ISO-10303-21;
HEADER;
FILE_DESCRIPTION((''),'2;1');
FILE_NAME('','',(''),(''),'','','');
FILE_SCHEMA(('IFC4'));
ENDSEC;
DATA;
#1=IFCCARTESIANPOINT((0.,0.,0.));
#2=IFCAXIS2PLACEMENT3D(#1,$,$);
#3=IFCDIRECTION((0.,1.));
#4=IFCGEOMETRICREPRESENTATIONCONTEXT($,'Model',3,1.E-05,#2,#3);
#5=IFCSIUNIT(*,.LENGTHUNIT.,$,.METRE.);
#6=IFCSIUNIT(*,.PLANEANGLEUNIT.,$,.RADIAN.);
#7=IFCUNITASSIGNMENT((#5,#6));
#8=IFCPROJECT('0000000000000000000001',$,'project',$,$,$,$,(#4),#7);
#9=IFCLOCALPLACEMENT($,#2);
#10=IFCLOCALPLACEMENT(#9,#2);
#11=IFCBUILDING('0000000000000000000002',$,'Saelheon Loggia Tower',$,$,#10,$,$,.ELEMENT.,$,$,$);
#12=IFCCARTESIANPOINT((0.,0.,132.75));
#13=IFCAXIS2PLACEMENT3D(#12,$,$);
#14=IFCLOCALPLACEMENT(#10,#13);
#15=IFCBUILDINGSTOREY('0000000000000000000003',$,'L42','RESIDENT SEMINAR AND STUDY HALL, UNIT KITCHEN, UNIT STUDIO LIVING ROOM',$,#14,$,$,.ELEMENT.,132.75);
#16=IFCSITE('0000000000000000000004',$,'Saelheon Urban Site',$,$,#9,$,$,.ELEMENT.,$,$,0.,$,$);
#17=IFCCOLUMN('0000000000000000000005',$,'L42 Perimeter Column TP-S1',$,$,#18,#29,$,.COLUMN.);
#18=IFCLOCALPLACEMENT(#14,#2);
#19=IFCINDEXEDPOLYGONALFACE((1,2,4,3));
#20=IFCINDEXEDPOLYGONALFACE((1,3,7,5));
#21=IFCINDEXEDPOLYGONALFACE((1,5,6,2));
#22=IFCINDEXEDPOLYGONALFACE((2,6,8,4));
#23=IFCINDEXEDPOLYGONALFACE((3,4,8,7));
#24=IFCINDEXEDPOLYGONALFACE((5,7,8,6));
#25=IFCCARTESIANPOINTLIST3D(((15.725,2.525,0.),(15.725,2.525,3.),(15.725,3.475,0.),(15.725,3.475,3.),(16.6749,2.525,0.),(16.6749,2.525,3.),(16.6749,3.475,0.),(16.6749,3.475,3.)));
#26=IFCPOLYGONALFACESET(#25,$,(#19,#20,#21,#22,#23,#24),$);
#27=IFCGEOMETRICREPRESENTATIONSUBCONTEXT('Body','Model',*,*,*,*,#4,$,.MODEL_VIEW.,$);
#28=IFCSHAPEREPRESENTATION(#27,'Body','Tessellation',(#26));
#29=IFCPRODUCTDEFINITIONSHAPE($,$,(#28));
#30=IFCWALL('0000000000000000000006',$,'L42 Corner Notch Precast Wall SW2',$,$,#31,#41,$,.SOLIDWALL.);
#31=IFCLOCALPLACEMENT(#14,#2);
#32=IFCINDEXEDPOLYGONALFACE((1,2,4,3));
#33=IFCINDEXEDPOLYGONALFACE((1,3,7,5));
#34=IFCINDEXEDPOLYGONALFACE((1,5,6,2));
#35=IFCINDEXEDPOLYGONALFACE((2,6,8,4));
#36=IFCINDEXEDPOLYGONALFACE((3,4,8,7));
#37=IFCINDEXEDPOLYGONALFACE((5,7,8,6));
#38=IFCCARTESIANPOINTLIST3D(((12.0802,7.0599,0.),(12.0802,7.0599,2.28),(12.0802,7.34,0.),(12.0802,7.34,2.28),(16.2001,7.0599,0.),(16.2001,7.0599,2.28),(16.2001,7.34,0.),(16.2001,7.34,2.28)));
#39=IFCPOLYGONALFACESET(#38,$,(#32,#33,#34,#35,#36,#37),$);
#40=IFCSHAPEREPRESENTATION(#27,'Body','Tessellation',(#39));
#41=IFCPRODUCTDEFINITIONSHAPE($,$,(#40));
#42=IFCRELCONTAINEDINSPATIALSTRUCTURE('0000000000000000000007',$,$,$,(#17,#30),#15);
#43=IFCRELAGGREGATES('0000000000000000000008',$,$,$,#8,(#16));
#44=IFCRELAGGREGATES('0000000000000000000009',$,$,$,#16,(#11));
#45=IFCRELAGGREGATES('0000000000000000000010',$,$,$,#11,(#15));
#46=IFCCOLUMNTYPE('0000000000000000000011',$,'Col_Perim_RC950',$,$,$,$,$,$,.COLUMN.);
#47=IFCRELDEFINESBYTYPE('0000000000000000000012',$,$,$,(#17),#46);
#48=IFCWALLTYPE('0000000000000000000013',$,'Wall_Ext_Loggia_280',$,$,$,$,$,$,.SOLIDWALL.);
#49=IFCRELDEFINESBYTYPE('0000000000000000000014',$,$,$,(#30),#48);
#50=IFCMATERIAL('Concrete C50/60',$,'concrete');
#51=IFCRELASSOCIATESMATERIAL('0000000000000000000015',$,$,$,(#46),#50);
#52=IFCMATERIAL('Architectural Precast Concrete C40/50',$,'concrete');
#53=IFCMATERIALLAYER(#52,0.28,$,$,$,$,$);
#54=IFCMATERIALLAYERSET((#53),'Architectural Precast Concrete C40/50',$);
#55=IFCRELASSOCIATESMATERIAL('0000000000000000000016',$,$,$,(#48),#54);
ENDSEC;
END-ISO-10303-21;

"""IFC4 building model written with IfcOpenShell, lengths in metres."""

from ifc_helpers import new_model, si_unit, direction, frame, frame_2d, origin, origin_2d, place, context, subcontext, project, spatial, rectangle, extrude, source, transform, mapped, material, layer, layer_set, material_profile, profile_set, type_object, element, save


model = new_model("IFC4")

# Units and contexts
model_context = context("Model", 3, precision=1e-05, world=origin(), true_north=direction((0.0, 1.0)))
body_context = subcontext(model_context, "Body", "Model", "MODEL_VIEW")
ifc_project = project(units=[si_unit("LENGTHUNIT", "METRE"), si_unit("PLANEANGLEUNIT", "RADIAN")], contexts=[model_context])

# Site, building, storey
site_placement = place(None, origin())
site = spatial("IfcSite", under=ifc_project, at=site_placement, Name="Saelheon Urban Site", CompositionType="ELEMENT", RefElevation=0.0)
building_placement = place(site_placement, origin())
building = spatial("IfcBuilding", under=site, at=building_placement, Name="Saelheon Loggia Tower", CompositionType="ELEMENT")
storey_placement = place(building_placement, frame((0.0, 0.0, 132.75)))
storey = spatial("IfcBuildingStorey", under=building, at=storey_placement, Name="L42", Description="RESIDENT SEMINAR AND STUDY HALL, UNIT KITCHEN, UNIT STUDIO LIVING ROOM", CompositionType="ELEMENT", Elevation=132.75)

# Column
ifc_material_1 = material(Name="Concrete C50/60", Category="concrete")
ifc_material_profile = material_profile(ifc_material_1, rectangle(XDim=0.95, YDim=0.95, at=origin_2d()), Name="RC-950x950")
ifc_profile_set = profile_set([ifc_material_profile], Name="Concrete C50/60")
column_type = type_object("IfcColumnType", Name="Col_Perim_RC950", PredefinedType="COLUMN", material=ifc_profile_set)
shared_shape_1 = source(origin(), body_context, "Body", "SweptSolid", [
    extrude(rectangle(XDim=0.95, YDim=0.95, at=origin_2d()), origin(), (0.0, 0.0, 1.0), 3.0),
])
column_placement = place(storey_placement, frame((16.2, 3.0, 0.0), z_axis=(0.0, 0.0, 1.0), x_axis=(1.0, 0.0, 0.0)))
element("IfcColumn", 1, at=column_placement, inside=storey, type_object=column_type, Name="L42 Perimeter Column TP-S1", PredefinedType="COLUMN", context=body_context, shape_type="MappedRepresentation", body=[
    mapped(shared_shape_1, transform((0.0, 0.0, 0.0), scale=1.0)),
])

# Shared definitions
ifc_material_2 = material(Name="Architectural Precast Concrete C40/50", Category="concrete")
ifc_layer = layer(ifc_material_2, 0.28)
ifc_layer_set = layer_set([ifc_layer], Name="Architectural Precast Concrete C40/50")
wall_type = type_object("IfcWallType", Name="Wall_Ext_Loggia_280", PredefinedType="SOLIDWALL", material=ifc_layer_set)

# Wall
wall_1_placement = place(storey_placement, frame((12.0801, 7.2, 0.0), z_axis=(0.0, 0.0, 1.0), x_axis=(1.0, 0.0, 0.0)))
element("IfcWall", 2, at=wall_1_placement, inside=storey, type_object=wall_type, Name="L42 Corner Notch Precast Wall SW2", PredefinedType="SOLIDWALL", context=body_context, shape_type="SweptSolid", body=[
    extrude(rectangle(XDim=4.1199, YDim=0.28, at=frame_2d((2.0601, 0.0))), origin(), (0.0, 0.0, 1.0), 2.28),
])

save(model, "model.ifc")
